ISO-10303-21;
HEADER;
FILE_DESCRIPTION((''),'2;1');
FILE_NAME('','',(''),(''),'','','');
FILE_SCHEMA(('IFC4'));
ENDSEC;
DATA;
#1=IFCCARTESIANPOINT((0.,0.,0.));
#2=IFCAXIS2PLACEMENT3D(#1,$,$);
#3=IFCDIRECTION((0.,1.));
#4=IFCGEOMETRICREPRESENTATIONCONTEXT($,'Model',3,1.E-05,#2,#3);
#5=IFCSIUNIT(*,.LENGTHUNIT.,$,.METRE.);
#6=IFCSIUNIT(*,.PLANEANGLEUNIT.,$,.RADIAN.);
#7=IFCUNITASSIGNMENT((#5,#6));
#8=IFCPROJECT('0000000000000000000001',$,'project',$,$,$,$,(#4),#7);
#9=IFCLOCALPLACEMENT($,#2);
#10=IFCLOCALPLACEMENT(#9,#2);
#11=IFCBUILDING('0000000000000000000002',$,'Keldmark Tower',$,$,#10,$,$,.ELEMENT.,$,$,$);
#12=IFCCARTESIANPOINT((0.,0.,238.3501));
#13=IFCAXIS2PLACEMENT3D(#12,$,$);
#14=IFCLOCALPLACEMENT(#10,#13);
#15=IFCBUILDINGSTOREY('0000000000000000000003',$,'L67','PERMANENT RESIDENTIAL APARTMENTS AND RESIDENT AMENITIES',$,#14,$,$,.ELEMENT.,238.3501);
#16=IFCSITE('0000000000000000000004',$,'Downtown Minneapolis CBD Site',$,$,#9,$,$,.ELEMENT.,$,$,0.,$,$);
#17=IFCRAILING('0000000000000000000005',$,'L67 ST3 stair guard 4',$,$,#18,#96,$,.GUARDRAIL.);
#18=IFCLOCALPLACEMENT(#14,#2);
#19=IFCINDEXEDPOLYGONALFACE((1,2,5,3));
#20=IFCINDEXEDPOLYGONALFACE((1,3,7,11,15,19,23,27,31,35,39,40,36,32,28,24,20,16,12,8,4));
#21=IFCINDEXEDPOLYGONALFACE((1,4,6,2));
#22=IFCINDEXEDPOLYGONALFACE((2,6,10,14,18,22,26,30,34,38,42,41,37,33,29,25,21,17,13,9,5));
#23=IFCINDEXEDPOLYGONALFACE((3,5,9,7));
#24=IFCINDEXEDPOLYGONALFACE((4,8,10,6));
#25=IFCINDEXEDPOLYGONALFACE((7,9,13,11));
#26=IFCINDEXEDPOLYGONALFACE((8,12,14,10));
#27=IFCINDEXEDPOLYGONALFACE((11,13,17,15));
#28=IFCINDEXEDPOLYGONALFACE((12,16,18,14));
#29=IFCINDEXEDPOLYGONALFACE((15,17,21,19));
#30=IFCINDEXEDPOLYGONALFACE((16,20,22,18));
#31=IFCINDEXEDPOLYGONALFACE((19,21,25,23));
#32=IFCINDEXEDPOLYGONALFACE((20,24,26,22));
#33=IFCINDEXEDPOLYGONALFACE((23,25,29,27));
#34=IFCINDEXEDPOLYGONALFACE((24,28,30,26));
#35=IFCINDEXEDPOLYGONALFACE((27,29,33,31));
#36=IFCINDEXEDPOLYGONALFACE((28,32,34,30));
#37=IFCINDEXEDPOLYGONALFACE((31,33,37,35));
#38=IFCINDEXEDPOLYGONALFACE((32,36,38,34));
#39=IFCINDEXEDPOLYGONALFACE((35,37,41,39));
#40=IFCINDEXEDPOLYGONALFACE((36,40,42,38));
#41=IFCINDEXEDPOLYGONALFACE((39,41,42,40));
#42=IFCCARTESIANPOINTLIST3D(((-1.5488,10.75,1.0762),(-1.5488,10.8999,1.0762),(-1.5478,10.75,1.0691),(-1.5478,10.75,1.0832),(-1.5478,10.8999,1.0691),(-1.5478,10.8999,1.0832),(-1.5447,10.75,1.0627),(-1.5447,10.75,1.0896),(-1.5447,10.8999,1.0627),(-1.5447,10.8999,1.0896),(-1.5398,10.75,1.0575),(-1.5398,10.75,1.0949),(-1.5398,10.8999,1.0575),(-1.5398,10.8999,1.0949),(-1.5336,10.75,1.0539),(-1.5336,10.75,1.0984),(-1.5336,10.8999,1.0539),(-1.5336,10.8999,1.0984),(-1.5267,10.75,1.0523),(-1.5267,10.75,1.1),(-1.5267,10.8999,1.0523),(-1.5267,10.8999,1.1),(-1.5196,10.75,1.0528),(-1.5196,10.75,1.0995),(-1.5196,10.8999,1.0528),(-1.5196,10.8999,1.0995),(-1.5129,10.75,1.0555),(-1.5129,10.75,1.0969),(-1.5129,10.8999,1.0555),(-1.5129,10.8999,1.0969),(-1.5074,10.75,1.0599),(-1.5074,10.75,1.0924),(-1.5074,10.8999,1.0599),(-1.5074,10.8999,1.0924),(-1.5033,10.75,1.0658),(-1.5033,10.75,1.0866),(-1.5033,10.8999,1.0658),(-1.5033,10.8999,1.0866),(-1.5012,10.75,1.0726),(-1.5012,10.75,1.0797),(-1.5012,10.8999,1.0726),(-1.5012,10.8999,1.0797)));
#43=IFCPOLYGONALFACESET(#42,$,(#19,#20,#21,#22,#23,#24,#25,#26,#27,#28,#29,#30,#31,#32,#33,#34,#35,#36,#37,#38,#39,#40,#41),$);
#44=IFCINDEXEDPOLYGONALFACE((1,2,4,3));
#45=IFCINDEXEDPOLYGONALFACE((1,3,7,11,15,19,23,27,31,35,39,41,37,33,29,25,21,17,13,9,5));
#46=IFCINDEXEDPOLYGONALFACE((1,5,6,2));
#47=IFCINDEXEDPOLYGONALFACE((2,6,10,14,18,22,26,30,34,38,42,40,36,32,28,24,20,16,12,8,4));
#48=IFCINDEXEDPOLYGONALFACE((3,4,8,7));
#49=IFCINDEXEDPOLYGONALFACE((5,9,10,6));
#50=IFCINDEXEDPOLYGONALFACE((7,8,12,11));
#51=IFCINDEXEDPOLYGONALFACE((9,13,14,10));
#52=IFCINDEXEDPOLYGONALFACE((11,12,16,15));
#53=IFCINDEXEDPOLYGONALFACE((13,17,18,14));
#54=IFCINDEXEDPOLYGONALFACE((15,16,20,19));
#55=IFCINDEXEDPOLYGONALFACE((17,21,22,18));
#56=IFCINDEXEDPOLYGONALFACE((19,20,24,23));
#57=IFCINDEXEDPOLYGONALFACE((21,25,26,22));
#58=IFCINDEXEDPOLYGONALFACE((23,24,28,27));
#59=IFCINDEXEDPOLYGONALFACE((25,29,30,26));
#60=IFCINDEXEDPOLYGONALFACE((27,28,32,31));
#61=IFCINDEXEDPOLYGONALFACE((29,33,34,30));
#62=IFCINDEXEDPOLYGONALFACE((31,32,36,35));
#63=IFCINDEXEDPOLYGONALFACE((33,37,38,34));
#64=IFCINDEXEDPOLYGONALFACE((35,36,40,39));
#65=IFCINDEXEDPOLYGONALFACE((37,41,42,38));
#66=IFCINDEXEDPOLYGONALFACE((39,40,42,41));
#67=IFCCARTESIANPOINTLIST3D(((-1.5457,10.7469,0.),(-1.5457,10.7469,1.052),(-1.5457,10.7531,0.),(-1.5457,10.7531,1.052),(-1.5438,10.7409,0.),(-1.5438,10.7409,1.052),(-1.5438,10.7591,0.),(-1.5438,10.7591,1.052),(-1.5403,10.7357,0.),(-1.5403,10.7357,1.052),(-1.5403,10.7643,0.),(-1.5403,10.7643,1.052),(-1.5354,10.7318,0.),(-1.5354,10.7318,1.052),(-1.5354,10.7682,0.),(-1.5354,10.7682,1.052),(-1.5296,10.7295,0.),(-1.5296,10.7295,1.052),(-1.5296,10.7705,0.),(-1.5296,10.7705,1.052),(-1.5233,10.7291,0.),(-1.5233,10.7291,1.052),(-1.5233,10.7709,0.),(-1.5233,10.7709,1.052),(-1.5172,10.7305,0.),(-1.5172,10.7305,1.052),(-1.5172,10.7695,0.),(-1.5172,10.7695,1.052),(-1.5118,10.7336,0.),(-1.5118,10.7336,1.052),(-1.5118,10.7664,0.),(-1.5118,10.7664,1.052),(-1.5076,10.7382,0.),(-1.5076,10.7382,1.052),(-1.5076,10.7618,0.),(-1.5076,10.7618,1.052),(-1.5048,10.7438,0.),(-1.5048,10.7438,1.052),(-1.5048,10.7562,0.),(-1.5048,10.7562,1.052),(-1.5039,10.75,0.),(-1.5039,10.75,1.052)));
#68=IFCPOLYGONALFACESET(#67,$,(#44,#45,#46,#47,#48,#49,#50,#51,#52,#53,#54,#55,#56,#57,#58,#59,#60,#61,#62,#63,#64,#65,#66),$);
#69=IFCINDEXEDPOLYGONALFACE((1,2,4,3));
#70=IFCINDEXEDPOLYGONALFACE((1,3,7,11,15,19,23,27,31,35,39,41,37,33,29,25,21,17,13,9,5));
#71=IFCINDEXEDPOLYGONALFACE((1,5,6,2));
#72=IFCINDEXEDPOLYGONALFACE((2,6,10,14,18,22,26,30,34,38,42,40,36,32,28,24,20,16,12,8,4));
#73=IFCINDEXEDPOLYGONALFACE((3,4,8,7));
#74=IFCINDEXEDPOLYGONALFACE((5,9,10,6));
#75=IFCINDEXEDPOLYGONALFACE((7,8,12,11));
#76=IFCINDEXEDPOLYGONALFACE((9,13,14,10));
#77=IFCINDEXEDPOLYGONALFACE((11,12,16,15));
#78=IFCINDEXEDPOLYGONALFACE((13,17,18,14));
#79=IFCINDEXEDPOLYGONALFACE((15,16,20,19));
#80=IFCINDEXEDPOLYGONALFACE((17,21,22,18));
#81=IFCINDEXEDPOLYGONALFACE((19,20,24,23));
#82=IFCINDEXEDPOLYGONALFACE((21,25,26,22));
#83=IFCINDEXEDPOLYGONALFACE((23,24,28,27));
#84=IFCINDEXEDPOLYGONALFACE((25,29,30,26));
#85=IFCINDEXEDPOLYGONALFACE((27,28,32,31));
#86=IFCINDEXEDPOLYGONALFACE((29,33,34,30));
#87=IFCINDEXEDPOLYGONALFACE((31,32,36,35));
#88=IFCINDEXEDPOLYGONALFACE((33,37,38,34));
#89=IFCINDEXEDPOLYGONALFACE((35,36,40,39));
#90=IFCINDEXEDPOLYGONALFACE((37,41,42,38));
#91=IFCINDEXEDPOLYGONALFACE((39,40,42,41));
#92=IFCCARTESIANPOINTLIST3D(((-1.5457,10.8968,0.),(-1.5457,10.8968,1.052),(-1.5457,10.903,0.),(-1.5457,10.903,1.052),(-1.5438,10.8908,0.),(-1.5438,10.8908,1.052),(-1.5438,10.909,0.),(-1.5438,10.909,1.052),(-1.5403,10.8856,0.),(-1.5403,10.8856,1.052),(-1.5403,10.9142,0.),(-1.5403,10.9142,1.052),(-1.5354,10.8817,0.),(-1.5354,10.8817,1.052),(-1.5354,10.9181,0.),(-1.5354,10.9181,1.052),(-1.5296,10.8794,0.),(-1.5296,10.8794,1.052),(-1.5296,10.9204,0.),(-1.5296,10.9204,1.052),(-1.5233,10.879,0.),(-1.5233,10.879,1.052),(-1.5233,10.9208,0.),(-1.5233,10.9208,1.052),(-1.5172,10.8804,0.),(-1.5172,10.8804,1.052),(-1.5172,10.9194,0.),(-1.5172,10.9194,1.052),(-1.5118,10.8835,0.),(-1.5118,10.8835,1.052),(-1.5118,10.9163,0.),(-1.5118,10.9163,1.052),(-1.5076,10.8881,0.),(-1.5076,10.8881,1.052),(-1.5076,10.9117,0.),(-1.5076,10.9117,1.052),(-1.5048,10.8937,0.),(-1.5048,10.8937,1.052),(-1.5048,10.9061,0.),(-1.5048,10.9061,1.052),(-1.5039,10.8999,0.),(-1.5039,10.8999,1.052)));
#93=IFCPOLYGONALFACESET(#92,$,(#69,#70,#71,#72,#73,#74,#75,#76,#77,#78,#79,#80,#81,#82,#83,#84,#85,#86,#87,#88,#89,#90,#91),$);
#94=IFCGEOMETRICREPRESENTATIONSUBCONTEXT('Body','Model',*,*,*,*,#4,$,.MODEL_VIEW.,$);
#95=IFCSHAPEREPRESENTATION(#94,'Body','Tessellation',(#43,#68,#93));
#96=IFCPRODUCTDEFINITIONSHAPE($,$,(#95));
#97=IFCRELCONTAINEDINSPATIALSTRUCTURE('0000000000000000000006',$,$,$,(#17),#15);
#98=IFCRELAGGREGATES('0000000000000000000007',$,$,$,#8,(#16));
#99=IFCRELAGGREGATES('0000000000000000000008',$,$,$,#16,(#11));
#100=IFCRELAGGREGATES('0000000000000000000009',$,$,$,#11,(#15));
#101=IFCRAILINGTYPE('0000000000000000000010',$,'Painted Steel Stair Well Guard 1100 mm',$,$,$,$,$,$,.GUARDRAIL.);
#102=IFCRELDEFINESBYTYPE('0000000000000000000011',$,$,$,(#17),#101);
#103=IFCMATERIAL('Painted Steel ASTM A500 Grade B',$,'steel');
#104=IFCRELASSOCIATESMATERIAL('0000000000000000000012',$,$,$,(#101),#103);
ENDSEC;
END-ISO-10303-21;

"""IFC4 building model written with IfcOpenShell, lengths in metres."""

from ifc_helpers import new_model, si_unit, direction, frame, origin, origin_2d, place, context, subcontext, project, spatial, circle, extrude, material, type_object, element, save


model = new_model("IFC4")

# Units and contexts
model_context = context("Model", 3, precision=1e-05, world=origin(), true_north=direction((0.0, 1.0)))
body_context = subcontext(model_context, "Body", "Model", "MODEL_VIEW")
ifc_project = project(units=[si_unit("LENGTHUNIT", "METRE"), si_unit("PLANEANGLEUNIT", "RADIAN")], contexts=[model_context])

# Site, building, storey
site_placement = place(None, origin())
site = spatial("IfcSite", under=ifc_project, at=site_placement, Name="Downtown Minneapolis CBD Site", CompositionType="ELEMENT", RefElevation=0.0)
building_placement = place(site_placement, origin())
building = spatial("IfcBuilding", under=site, at=building_placement, Name="Keldmark Tower", CompositionType="ELEMENT")
storey_placement = place(building_placement, frame((0.0, 0.0, 238.3501)))
storey = spatial("IfcBuildingStorey", under=building, at=storey_placement, Name="L67", Description="PERMANENT RESIDENTIAL APARTMENTS AND RESIDENT AMENITIES", CompositionType="ELEMENT", Elevation=238.3501)

# Railing
ifc_material_1 = material(Name="Painted Steel ASTM A500 Grade B", Category="steel")
railing_type_1 = type_object("IfcRailingType", Name="Painted Steel Stair Well Guard 1100 mm", PredefinedType="GUARDRAIL", material=ifc_material_1)
railing_1_placement = place(storey_placement, frame((-1.5249, 10.75, 0.0)))
element("IfcRailing", 1, at=railing_1_placement, inside=storey, type_object=railing_type_1, Name="L67 ST3 stair guard 4", PredefinedType="GUARDRAIL", context=body_context, shape_type="SweptSolid", body=[
    extrude(circle(Radius=0.0239, at=origin_2d()), frame((0.0, 0.0, 1.0762), z_axis=(0.0, 1.0, 0.0), x_axis=(-1.0, 0.0, 0.0)), (0.0, 0.0, 1.0), 0.1499),
    extrude(circle(Radius=0.021, at=origin_2d()), origin(), (0.0, 0.0, 1.0), 1.052),
    extrude(circle(Radius=0.021, at=origin_2d()), frame((0.0, 0.1499, 0.0)), (0.0, 0.0, 1.0), 1.052),
])

save(model, "model.ifc")
